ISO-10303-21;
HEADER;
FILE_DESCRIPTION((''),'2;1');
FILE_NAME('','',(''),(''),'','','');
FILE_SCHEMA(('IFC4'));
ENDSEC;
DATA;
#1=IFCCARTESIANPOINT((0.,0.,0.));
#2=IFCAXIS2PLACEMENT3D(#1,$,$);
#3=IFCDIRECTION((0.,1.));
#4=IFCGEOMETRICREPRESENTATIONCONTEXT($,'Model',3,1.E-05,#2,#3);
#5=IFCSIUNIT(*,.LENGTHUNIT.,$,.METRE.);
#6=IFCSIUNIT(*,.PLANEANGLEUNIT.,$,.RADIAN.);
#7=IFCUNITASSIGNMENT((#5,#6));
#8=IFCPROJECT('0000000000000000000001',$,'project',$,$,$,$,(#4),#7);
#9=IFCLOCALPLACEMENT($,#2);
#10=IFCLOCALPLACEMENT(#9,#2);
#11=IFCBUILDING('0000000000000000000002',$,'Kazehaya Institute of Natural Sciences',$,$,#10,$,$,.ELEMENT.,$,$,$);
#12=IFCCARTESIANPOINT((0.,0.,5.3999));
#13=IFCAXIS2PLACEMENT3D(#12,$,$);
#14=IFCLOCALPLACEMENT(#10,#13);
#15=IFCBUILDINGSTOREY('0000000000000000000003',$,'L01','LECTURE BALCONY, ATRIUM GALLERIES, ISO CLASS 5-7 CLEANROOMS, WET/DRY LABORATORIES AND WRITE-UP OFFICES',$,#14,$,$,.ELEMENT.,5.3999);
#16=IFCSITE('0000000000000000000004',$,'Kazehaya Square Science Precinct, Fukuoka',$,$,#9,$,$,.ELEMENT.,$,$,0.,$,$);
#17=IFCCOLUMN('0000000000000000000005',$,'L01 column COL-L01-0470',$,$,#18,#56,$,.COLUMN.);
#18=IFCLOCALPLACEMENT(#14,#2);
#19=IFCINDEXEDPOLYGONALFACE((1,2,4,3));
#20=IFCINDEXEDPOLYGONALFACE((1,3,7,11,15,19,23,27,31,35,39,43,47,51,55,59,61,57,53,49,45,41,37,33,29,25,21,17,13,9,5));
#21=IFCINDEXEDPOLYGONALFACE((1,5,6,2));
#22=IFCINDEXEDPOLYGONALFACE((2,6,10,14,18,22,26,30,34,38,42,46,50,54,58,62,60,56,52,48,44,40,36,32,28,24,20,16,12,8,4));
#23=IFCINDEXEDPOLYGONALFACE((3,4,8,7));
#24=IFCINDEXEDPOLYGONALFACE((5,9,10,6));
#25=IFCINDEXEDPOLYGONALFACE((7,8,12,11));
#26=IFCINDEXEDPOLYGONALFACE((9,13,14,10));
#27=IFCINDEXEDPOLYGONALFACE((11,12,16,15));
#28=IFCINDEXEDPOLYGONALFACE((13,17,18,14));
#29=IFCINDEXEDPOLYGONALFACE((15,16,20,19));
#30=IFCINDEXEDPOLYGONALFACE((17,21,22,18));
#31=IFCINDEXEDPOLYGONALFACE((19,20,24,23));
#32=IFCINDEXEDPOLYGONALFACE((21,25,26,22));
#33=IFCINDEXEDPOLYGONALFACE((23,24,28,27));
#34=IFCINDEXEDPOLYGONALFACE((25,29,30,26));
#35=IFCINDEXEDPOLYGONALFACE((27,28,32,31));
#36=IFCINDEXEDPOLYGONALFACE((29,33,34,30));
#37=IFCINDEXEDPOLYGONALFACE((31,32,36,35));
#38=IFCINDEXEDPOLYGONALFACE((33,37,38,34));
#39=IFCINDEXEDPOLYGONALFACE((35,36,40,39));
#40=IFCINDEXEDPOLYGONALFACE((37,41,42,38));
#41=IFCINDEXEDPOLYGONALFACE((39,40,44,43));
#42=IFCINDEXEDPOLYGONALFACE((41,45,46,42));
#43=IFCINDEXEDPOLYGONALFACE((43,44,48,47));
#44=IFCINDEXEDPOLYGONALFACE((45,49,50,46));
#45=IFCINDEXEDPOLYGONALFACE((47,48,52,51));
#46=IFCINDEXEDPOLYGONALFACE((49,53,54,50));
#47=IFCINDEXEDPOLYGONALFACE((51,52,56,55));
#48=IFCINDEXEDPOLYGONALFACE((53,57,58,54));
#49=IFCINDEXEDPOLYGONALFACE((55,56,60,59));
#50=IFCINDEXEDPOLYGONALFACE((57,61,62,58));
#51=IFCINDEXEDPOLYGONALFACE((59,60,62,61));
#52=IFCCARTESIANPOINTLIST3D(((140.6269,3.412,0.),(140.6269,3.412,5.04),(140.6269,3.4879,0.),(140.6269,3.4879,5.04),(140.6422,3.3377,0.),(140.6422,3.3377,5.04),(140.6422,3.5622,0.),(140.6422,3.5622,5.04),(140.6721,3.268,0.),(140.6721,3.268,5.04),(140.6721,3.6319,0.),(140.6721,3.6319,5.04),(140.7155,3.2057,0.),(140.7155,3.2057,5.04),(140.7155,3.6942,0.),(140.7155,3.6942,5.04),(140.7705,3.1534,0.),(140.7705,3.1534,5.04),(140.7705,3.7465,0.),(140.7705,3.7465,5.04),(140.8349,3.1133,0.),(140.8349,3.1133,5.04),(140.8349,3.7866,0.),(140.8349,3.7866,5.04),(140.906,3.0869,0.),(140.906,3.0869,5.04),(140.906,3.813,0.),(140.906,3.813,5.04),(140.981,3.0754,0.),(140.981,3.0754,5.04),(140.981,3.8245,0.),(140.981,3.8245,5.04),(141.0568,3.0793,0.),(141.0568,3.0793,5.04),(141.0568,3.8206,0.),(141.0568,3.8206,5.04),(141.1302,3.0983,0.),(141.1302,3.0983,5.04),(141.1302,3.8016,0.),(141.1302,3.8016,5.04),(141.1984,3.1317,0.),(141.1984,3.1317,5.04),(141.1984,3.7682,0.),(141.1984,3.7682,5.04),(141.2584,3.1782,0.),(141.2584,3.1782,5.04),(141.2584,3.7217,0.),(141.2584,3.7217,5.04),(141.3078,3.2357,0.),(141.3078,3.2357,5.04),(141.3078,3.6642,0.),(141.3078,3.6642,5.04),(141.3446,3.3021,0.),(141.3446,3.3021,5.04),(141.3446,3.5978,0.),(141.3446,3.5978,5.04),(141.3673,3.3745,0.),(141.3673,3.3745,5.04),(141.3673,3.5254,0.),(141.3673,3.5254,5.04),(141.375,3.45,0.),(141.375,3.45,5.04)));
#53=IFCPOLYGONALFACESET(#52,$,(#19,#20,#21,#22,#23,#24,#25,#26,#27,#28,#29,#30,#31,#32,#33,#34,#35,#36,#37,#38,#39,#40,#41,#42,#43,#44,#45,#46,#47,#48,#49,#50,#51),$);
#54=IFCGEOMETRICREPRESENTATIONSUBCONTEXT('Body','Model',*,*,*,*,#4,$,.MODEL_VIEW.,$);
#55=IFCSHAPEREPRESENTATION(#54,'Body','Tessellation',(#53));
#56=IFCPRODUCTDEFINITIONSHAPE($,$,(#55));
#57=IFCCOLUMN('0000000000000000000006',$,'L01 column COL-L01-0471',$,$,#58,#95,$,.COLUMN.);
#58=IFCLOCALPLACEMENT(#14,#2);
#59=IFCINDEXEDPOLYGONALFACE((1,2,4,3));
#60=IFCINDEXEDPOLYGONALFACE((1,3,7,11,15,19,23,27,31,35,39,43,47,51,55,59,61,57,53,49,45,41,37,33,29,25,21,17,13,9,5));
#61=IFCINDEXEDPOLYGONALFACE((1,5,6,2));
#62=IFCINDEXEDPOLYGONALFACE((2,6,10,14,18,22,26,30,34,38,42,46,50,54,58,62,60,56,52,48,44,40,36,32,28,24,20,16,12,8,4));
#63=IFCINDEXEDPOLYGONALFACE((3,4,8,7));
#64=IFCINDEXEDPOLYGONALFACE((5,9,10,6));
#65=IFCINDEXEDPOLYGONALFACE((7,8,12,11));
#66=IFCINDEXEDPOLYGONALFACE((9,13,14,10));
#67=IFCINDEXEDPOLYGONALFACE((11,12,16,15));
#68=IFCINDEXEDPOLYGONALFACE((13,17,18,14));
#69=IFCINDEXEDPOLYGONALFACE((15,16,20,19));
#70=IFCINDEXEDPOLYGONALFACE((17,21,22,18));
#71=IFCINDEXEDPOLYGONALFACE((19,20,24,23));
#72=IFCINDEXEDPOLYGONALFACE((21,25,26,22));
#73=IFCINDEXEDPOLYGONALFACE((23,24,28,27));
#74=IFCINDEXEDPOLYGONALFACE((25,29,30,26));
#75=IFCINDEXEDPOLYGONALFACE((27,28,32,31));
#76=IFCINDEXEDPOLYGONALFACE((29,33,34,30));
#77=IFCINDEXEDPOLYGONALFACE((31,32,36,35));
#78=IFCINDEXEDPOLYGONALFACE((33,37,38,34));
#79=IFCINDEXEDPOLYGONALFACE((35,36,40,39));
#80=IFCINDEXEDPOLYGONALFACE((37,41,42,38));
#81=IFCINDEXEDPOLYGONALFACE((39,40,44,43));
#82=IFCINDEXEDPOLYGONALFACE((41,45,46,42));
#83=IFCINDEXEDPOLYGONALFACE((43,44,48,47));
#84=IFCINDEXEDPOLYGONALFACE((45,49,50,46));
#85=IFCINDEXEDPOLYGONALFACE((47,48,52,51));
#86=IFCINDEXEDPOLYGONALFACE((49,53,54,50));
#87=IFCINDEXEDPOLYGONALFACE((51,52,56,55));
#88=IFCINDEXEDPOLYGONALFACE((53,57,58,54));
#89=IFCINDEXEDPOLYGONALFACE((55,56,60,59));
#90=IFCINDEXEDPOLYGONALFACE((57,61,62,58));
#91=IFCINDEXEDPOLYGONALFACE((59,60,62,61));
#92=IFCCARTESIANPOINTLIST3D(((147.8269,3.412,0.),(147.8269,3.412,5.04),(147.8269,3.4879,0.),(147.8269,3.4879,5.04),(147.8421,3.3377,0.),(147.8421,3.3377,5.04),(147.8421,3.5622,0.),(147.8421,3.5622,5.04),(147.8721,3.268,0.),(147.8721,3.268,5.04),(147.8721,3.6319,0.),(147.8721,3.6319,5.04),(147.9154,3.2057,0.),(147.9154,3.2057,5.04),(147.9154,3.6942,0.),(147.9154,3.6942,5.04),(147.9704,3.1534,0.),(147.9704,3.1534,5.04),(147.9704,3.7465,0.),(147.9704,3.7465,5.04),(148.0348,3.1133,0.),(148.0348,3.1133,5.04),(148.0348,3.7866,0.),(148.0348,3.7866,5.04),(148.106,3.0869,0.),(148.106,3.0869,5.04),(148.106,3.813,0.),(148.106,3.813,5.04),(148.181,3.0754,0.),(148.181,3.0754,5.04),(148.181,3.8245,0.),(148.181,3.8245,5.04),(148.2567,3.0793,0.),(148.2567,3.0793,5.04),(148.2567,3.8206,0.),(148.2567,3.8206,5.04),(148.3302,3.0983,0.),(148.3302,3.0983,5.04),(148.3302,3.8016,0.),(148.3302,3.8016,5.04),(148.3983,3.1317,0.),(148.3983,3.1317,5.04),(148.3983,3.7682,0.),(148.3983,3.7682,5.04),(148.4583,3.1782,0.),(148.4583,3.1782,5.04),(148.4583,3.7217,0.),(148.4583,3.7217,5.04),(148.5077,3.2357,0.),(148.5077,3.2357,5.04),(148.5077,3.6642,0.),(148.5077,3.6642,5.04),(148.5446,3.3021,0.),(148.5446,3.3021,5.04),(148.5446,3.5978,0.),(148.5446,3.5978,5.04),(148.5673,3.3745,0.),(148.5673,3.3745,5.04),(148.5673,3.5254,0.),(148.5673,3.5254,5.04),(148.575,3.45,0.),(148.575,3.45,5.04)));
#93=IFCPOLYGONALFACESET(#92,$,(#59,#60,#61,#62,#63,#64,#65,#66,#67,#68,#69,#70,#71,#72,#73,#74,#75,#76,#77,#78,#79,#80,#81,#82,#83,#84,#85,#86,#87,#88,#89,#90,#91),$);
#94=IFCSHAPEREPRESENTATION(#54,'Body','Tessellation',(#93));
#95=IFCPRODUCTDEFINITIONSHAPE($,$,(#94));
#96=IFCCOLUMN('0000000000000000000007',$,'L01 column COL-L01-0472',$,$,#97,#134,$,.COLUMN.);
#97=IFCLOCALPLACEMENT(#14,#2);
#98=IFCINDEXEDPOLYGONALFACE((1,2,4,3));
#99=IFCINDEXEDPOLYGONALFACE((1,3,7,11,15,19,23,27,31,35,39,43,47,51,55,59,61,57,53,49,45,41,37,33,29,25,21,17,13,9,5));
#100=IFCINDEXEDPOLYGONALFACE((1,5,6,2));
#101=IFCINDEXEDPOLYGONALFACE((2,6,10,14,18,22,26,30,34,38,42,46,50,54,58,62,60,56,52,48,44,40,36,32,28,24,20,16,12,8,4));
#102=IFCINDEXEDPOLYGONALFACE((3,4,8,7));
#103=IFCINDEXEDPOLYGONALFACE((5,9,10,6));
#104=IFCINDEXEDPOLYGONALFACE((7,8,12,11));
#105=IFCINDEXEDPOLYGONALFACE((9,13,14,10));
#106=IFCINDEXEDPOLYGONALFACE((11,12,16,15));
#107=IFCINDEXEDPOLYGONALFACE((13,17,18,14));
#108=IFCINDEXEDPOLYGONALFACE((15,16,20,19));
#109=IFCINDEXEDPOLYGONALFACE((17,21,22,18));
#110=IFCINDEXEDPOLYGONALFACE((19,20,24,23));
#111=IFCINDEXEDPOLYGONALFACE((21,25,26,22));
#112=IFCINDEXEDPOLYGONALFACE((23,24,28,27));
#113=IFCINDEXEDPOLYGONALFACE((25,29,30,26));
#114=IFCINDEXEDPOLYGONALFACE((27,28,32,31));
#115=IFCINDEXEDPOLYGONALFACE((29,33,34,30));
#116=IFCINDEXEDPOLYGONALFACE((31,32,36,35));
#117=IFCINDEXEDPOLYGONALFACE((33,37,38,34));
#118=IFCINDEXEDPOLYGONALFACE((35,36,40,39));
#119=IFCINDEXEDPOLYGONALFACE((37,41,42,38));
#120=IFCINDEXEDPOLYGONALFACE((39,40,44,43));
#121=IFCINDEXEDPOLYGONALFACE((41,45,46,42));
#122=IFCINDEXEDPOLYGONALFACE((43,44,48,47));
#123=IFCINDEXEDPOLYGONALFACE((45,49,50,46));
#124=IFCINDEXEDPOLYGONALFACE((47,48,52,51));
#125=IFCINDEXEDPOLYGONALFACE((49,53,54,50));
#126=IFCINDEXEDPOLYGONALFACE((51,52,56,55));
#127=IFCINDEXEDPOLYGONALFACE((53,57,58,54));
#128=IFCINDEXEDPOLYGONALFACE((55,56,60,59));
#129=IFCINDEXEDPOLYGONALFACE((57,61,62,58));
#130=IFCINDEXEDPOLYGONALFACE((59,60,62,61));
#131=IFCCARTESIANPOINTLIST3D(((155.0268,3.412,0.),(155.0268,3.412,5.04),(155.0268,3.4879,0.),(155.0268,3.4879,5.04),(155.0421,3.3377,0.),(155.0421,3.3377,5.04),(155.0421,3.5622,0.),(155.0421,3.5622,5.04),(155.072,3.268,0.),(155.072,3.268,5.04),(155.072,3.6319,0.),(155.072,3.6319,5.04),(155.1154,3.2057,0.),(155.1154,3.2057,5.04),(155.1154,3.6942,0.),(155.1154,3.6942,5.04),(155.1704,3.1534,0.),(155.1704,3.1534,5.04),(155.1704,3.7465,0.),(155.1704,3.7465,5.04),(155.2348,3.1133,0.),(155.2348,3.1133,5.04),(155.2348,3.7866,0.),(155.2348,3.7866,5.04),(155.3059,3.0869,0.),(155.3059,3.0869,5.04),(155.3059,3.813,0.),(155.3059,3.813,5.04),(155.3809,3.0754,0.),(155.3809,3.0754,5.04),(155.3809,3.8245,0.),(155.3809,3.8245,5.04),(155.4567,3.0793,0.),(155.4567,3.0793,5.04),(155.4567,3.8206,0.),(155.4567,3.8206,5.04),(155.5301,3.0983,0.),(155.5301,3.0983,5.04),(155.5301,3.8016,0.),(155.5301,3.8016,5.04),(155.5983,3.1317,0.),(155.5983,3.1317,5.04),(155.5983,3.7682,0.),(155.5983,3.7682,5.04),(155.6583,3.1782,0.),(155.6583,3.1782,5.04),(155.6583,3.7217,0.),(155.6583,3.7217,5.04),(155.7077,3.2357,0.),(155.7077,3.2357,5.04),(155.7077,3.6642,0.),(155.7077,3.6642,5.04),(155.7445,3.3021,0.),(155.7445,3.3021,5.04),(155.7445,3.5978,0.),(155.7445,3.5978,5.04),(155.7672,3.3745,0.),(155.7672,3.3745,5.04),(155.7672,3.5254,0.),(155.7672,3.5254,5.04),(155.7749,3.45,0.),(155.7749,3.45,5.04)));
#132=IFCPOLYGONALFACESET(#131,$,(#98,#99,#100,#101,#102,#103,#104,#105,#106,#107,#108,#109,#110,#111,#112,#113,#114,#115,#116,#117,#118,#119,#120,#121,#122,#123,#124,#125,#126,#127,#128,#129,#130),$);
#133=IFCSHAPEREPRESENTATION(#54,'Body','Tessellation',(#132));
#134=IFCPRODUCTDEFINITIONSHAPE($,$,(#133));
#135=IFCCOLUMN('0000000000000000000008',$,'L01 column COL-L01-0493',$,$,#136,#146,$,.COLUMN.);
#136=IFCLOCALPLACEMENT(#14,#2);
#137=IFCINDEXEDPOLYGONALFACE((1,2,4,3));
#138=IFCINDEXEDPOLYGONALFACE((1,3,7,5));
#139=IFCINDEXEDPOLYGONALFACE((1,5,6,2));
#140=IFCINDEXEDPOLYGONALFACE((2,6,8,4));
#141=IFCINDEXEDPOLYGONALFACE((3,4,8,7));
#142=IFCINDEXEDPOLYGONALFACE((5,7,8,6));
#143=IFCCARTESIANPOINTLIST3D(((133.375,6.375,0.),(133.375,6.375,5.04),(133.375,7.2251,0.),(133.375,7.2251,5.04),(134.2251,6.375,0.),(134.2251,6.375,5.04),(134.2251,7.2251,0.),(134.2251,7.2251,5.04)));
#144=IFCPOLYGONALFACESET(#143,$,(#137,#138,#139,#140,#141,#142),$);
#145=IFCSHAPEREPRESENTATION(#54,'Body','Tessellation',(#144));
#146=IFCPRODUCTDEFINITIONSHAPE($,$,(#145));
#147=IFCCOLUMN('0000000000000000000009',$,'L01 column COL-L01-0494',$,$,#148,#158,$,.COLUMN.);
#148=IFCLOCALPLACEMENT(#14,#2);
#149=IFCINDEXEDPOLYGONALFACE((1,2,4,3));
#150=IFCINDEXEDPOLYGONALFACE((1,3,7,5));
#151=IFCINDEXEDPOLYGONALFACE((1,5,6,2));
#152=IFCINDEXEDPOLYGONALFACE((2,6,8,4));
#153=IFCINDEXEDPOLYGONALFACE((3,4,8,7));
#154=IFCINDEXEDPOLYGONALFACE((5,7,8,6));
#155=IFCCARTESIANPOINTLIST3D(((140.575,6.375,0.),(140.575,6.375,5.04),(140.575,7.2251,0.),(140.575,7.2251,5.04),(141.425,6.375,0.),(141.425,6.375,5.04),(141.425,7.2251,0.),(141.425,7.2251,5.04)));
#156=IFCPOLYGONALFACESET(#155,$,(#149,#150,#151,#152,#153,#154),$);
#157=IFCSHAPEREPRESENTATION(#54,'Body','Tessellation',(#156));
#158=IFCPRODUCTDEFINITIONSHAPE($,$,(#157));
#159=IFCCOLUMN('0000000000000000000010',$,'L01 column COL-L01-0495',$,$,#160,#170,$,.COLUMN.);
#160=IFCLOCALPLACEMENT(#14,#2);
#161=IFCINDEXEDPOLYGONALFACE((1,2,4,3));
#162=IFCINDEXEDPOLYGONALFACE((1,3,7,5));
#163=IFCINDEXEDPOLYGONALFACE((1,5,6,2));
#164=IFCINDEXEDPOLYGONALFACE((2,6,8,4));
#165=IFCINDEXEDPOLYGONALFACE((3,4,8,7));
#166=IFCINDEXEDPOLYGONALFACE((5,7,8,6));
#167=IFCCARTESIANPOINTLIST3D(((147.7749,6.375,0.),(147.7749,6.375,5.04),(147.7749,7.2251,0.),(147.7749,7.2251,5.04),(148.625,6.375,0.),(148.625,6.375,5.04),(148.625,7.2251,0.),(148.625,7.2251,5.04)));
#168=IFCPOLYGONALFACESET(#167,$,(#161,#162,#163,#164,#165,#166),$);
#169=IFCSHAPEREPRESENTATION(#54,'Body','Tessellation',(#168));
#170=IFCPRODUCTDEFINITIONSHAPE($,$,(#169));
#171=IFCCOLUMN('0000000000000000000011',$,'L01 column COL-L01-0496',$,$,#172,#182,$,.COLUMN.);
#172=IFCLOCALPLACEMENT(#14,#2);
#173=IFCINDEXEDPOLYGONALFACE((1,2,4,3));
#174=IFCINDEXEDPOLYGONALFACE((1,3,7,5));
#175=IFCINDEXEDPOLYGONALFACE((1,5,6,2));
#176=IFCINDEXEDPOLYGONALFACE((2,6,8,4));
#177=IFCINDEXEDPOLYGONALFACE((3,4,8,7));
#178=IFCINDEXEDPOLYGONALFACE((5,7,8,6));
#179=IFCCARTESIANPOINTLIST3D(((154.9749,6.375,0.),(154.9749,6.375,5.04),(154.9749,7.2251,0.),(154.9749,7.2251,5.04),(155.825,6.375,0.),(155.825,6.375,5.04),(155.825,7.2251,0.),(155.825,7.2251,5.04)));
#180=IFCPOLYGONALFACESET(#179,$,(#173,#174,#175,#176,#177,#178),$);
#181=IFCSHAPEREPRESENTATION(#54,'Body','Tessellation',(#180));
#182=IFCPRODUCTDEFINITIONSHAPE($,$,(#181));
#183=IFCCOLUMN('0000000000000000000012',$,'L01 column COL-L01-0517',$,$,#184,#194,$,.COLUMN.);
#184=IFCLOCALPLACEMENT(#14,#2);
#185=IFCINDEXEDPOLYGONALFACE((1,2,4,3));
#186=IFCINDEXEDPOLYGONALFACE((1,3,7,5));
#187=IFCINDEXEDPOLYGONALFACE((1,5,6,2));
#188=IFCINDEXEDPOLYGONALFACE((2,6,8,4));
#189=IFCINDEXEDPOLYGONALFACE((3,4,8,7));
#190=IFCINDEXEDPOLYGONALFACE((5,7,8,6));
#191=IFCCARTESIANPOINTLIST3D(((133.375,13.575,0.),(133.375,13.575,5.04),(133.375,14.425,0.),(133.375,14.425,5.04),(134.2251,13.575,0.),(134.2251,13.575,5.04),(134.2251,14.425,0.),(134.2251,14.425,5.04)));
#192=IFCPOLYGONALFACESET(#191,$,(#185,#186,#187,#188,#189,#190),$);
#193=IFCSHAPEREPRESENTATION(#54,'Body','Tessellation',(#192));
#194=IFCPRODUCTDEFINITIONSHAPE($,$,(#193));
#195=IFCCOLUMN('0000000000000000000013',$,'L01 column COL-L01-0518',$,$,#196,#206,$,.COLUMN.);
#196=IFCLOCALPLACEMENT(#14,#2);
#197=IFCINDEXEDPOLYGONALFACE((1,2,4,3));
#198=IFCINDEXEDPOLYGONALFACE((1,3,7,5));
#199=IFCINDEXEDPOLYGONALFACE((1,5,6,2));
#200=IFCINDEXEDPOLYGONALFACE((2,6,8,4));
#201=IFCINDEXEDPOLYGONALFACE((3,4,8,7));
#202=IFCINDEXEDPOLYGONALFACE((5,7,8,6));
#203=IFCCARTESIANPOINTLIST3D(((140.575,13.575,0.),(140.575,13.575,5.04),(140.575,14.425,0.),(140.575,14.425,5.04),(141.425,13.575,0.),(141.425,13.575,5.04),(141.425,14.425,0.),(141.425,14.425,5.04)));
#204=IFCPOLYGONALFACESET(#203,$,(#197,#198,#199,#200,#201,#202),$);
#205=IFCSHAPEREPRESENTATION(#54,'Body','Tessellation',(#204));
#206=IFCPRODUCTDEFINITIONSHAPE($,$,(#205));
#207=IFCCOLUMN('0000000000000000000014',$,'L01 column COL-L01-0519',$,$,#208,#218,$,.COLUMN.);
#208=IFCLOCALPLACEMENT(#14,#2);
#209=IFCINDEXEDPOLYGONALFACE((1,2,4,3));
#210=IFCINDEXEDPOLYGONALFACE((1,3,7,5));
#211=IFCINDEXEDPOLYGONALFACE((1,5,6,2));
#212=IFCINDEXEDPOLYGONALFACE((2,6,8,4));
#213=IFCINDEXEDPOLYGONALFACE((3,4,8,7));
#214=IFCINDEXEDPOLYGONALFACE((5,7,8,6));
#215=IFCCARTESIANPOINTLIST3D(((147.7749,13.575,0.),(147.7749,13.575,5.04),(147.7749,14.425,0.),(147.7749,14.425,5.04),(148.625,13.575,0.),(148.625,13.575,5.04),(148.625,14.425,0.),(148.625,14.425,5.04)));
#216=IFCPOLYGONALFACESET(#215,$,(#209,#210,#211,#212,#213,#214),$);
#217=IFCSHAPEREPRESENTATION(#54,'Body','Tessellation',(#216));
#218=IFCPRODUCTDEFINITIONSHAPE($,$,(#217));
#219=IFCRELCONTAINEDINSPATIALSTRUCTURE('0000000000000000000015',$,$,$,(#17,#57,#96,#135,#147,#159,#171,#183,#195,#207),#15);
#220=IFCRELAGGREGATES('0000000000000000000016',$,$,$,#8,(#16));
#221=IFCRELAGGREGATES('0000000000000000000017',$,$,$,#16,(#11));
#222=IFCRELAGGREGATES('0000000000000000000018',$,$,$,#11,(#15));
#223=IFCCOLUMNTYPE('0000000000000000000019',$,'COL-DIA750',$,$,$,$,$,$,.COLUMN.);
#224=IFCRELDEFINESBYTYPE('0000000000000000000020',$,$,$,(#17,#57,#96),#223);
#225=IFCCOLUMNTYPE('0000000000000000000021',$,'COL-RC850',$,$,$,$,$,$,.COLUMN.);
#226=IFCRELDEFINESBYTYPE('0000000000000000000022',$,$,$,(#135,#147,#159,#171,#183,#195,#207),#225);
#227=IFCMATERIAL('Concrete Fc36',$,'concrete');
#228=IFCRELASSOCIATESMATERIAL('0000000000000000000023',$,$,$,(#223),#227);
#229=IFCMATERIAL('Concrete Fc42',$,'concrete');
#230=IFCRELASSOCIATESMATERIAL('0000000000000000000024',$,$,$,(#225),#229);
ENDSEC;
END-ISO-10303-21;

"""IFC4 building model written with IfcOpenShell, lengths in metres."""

from ifc_helpers import new_model, si_unit, direction, frame, origin, origin_2d, place, context, subcontext, project, spatial, rectangle, circle, extrude, material, material_profile, profile_set, type_object, element, save


model = new_model("IFC4")

# Units and contexts
model_context = context("Model", 3, precision=1e-05, world=origin(), true_north=direction((0.0, 1.0)))
body_context = subcontext(model_context, "Body", "Model", "MODEL_VIEW")
ifc_project = project(units=[si_unit("LENGTHUNIT", "METRE"), si_unit("PLANEANGLEUNIT", "RADIAN")], contexts=[model_context])

# Site, building, storey
site_placement = place(None, origin())
site = spatial("IfcSite", under=ifc_project, at=site_placement, Name="Kazehaya Square Science Precinct, Fukuoka", CompositionType="ELEMENT", RefElevation=0.0)
building_placement = place(site_placement, origin())
building = spatial("IfcBuilding", under=site, at=building_placement, Name="Kazehaya Institute of Natural Sciences", CompositionType="ELEMENT")
storey_placement = place(building_placement, frame((0.0, 0.0, 5.3999)))
storey = spatial("IfcBuildingStorey", under=building, at=storey_placement, Name="L01", Description="LECTURE BALCONY, ATRIUM GALLERIES, ISO CLASS 5-7 CLEANROOMS, WET/DRY LABORATORIES AND WRITE-UP OFFICES", CompositionType="ELEMENT", Elevation=5.3999)

# Columns
ifc_material_1 = material(Name="Concrete Fc36", Category="concrete")
ifc_material_profile_1 = material_profile(ifc_material_1, circle(Radius=0.375, at=origin_2d()), Name="RC-DIA750")
ifc_profile_set_1 = profile_set([ifc_material_profile_1], Name="Concrete Fc36")
column_type_1 = type_object("IfcColumnType", Name="COL-DIA750", PredefinedType="COLUMN", material=ifc_profile_set_1)
for number, where, z_axis, x_axis, name in (
    (1, (141.0, 3.45, 0.0), (0.0, 0.0, 1.0), (1.0, 0.0, 0.0), "L01 column COL-L01-0470"),
    (2, (148.2, 3.45, 0.0), (0.0, 0.0, 1.0), (1.0, 0.0, 0.0), "L01 column COL-L01-0471"),
    (3, (155.3999, 3.45, 0.0), (0.0, 0.0, 1.0), (1.0, 0.0, 0.0), "L01 column COL-L01-0472"),
):
    element("IfcColumn", number, at=place(storey_placement, frame(where, z_axis=z_axis, x_axis=x_axis)), inside=storey, type_object=column_type_1, Name=name, PredefinedType="COLUMN", context=body_context, shape_type="SweptSolid", body=[
        extrude(circle(Radius=0.375, at=origin_2d()), origin(), (0.0, 0.0, 1.0), 5.04),
    ])
ifc_material_2 = material(Name="Concrete Fc42", Category="concrete")
ifc_material_profile_2 = material_profile(ifc_material_2, rectangle(XDim=0.8501, YDim=0.8501, at=origin_2d()), Name="RC-850x850")
ifc_profile_set_2 = profile_set([ifc_material_profile_2], Name="Concrete Fc42")
column_type_2 = type_object("IfcColumnType", Name="COL-RC850", PredefinedType="COLUMN", material=ifc_profile_set_2)
for number, where, z_axis, x_axis, name in (
    (4, (133.8, 6.8, 0.0), (0.0, 0.0, 1.0), (1.0, 0.0, 0.0), "L01 column COL-L01-0493"),
    (5, (141.0, 6.8, 0.0), (0.0, 0.0, 1.0), (1.0, 0.0, 0.0), "L01 column COL-L01-0494"),
    (6, (148.2, 6.8, 0.0), (0.0, 0.0, 1.0), (1.0, 0.0, 0.0), "L01 column COL-L01-0495"),
    (7, (155.3999, 6.8, 0.0), (0.0, 0.0, 1.0), (1.0, 0.0, 0.0), "L01 column COL-L01-0496"),
    (8, (133.8, 14.0, 0.0), (0.0, 0.0, 1.0), (1.0, 0.0, 0.0), "L01 column COL-L01-0517"),
    (9, (141.0, 14.0, 0.0), (0.0, 0.0, 1.0), (1.0, 0.0, 0.0), "L01 column COL-L01-0518"),
    (10, (148.2, 14.0, 0.0), (0.0, 0.0, 1.0), (1.0, 0.0, 0.0), "L01 column COL-L01-0519"),
):
    element("IfcColumn", number, at=place(storey_placement, frame(where, z_axis=z_axis, x_axis=x_axis)), inside=storey, type_object=column_type_2, Name=name, PredefinedType="COLUMN", context=body_context, shape_type="SweptSolid", body=[
        extrude(rectangle(XDim=0.8501, YDim=0.8501, at=origin_2d()), origin(), (0.0, 0.0, 1.0), 5.04),
    ])

save(model, "model.ifc")
